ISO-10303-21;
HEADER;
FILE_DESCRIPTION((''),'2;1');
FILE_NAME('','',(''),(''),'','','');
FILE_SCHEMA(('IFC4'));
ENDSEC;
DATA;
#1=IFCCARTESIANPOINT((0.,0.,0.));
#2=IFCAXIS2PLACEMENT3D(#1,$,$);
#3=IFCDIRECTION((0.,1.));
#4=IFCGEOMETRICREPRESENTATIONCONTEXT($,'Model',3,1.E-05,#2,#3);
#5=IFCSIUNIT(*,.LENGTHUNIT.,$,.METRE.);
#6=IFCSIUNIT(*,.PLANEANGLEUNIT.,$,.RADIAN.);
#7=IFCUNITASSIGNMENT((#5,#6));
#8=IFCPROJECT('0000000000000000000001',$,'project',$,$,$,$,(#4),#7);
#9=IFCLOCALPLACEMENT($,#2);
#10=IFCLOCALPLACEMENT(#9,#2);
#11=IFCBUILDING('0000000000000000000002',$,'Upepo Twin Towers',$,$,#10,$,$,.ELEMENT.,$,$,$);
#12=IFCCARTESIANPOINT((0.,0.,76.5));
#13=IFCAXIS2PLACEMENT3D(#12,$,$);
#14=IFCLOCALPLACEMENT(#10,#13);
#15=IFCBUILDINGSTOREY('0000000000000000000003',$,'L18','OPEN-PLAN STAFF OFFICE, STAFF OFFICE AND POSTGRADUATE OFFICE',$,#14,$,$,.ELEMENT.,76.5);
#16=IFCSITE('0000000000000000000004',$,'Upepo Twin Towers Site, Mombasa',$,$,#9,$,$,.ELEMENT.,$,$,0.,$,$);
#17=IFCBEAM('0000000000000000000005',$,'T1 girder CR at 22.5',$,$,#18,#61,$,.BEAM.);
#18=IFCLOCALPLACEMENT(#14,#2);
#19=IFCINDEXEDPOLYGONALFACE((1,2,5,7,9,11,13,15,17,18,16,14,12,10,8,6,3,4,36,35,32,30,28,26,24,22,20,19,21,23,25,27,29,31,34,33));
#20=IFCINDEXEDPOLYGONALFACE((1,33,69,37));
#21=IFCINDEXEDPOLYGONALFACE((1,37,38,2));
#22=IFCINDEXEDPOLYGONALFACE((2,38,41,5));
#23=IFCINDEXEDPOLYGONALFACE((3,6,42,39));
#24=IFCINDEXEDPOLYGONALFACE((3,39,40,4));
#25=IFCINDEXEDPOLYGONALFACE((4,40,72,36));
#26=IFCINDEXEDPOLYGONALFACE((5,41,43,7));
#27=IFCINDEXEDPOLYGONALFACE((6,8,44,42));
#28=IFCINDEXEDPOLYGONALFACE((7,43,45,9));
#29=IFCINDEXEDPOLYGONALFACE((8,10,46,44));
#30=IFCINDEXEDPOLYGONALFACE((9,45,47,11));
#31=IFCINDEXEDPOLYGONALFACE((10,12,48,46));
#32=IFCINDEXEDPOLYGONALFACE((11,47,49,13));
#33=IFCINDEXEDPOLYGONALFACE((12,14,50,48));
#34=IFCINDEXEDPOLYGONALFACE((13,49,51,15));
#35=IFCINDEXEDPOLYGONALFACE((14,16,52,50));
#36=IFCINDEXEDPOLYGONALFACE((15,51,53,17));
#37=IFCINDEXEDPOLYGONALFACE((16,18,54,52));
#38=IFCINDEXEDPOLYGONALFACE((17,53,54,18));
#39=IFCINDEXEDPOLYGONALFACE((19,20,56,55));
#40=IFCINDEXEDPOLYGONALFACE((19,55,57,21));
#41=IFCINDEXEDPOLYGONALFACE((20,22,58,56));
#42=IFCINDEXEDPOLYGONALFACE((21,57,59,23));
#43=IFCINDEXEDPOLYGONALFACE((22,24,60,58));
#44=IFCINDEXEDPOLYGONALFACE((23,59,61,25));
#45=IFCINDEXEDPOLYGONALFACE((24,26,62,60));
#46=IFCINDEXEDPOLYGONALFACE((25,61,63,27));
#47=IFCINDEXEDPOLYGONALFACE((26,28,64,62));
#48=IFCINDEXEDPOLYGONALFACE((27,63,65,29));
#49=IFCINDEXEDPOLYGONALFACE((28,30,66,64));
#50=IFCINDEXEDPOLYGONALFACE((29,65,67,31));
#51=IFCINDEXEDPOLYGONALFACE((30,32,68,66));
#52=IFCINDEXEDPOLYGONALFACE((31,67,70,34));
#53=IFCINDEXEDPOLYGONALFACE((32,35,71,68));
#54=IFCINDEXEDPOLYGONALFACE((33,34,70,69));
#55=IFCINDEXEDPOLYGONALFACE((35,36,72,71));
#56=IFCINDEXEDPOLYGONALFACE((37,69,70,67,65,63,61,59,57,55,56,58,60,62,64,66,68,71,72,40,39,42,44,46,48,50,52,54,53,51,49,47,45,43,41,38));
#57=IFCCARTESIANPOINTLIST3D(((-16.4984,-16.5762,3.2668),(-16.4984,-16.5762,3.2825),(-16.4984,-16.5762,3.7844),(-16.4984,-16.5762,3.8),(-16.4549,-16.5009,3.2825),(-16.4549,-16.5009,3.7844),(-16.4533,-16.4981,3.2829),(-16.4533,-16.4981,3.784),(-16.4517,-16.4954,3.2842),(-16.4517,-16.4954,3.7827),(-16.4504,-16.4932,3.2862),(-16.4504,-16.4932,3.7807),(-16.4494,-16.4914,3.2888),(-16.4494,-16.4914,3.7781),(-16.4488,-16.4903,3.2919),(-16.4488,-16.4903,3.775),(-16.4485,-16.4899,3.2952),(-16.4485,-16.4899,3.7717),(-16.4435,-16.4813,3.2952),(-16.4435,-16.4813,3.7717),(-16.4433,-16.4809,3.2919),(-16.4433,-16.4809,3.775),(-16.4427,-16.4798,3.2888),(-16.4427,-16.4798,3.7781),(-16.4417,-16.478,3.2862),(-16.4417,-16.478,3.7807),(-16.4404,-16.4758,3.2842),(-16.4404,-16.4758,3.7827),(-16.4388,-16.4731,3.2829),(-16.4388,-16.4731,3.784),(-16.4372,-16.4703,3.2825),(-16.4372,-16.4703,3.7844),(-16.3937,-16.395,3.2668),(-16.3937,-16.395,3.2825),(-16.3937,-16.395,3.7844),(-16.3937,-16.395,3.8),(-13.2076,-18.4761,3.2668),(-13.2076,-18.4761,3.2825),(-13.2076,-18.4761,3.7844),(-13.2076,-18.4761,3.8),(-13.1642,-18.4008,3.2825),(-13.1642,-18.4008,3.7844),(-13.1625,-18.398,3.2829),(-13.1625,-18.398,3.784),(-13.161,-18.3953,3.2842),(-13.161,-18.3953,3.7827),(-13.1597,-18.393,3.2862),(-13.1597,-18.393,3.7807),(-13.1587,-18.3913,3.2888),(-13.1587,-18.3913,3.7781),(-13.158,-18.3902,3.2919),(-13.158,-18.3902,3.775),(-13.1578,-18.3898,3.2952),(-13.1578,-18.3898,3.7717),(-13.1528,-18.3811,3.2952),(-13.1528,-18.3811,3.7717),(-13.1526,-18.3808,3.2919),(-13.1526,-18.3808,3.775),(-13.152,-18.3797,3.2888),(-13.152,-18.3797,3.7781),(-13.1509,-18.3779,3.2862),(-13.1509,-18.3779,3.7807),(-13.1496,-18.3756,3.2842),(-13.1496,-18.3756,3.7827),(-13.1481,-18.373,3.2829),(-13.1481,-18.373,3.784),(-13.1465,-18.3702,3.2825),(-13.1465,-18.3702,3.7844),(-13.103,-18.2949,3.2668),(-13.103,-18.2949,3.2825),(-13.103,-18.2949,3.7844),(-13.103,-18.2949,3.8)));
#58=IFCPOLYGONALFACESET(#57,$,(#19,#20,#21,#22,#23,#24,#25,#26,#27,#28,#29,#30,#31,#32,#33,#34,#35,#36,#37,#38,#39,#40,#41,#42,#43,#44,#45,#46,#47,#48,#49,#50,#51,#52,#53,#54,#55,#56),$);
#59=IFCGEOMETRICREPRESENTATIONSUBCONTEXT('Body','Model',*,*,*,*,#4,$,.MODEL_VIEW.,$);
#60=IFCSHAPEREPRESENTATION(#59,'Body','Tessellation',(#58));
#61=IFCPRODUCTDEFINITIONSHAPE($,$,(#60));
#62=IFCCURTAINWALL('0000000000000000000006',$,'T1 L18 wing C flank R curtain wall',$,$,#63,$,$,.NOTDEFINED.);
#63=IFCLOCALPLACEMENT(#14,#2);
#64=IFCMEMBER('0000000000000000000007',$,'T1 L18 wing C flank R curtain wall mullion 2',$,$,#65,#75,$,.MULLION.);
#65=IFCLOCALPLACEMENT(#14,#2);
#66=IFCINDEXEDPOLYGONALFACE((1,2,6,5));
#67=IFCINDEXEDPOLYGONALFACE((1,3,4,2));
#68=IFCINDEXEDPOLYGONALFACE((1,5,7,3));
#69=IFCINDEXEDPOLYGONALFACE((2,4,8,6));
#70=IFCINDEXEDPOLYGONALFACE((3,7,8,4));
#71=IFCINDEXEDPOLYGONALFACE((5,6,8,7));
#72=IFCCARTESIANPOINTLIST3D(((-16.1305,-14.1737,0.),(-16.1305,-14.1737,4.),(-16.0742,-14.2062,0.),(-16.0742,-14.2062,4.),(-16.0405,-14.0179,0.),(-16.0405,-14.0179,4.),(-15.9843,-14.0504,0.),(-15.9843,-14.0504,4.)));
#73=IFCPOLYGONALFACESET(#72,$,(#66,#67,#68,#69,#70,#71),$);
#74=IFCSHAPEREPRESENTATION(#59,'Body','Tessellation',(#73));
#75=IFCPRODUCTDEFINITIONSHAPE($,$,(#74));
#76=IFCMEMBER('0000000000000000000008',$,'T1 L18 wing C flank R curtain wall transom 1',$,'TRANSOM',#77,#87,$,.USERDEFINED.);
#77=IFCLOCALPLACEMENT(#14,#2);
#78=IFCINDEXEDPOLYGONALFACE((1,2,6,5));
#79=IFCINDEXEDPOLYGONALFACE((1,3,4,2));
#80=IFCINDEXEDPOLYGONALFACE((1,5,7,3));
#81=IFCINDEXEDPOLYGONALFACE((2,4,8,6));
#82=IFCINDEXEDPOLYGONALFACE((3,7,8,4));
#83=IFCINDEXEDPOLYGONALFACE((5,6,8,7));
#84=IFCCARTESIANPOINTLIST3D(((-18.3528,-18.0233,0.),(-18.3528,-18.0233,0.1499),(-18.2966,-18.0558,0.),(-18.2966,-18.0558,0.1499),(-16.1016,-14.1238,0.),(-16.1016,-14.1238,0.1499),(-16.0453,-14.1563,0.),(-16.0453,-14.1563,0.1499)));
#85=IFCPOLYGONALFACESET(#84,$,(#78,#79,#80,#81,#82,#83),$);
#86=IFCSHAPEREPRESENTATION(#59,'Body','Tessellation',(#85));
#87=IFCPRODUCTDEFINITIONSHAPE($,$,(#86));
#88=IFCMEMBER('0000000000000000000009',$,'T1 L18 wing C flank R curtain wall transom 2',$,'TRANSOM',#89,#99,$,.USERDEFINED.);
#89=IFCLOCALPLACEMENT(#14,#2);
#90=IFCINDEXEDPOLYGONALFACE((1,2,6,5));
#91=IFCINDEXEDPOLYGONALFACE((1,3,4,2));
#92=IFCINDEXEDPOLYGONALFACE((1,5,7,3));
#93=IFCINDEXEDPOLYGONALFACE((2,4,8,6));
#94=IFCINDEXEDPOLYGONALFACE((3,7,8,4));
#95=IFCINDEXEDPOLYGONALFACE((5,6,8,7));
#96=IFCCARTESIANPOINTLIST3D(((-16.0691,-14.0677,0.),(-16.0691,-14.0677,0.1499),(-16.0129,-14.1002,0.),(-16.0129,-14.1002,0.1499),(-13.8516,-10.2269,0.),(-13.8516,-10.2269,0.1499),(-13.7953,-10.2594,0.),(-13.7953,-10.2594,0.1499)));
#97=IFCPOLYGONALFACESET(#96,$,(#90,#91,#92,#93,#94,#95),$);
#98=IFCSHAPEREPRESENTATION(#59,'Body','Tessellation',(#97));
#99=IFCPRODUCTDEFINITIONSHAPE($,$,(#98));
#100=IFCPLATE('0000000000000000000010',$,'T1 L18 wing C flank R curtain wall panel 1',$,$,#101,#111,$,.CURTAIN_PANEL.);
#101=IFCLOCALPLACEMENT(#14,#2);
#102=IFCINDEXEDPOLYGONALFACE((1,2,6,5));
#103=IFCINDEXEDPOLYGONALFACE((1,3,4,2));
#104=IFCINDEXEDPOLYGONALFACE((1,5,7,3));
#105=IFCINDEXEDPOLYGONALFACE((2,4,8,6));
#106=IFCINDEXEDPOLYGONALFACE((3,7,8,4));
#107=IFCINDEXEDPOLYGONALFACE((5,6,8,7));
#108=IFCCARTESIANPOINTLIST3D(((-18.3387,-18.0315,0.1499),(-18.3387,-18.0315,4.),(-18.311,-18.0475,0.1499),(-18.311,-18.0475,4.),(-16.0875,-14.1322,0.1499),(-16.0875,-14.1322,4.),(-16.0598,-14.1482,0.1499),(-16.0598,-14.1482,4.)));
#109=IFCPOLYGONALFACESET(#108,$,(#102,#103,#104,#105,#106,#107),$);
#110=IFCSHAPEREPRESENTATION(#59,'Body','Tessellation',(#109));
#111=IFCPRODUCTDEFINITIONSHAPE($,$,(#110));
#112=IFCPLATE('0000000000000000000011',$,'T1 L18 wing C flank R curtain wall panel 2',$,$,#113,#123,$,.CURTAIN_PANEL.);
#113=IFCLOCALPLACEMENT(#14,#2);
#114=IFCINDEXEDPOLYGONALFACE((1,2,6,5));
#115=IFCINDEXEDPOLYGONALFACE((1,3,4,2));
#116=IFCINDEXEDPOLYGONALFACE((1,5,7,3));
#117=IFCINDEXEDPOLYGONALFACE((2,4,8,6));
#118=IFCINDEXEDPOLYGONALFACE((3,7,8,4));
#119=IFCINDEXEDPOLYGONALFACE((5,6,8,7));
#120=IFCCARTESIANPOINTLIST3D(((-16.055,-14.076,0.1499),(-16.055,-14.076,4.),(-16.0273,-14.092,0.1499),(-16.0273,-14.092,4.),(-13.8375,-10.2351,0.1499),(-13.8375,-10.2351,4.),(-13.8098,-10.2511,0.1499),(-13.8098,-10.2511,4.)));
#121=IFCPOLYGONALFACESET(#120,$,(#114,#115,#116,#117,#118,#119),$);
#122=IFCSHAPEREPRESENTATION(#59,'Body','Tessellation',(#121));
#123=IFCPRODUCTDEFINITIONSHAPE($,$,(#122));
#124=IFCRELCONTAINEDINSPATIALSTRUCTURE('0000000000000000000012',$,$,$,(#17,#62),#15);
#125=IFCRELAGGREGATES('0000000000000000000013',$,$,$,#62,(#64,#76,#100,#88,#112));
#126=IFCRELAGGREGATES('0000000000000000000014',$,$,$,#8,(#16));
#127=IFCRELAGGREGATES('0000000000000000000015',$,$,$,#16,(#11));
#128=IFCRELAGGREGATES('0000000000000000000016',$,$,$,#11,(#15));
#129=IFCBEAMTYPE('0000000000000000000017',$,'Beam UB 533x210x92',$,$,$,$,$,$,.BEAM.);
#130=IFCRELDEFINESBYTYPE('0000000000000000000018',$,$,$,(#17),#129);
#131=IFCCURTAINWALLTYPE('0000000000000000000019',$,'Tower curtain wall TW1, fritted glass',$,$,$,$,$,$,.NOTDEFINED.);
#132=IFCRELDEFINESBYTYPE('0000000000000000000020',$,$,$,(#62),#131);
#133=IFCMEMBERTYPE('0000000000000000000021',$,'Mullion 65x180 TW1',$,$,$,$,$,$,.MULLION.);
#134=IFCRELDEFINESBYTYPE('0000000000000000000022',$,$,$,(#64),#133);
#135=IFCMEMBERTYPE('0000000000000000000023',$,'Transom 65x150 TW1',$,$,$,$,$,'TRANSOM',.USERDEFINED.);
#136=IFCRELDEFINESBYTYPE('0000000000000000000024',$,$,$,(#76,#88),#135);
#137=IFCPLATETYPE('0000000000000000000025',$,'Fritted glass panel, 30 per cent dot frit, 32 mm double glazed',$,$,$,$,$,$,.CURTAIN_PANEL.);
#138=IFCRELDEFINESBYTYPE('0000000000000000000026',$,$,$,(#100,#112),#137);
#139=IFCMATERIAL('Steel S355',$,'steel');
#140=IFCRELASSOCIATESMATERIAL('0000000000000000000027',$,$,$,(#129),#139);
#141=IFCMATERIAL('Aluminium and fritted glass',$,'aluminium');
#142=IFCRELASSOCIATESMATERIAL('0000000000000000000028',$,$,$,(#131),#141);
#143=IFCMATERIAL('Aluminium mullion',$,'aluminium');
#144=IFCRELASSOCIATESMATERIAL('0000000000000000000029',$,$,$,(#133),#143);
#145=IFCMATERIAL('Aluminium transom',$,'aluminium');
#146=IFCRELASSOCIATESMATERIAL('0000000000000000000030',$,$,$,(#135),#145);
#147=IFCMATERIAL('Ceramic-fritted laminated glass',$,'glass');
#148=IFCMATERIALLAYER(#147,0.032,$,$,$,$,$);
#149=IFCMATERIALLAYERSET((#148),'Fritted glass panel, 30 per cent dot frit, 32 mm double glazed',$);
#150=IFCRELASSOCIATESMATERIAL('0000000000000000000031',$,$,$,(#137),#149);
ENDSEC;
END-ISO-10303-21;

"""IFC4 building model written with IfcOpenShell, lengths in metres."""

from ifc_helpers import new_model, si_unit, direction, frame, origin, origin_2d, place, context, subcontext, project, spatial, rectangle, i_section, extrude, material, layer, layer_set, material_profile, profile_set, type_object, element, aggregate, save


model = new_model("IFC4")

# Units and contexts
model_context = context("Model", 3, precision=1e-05, world=origin(), true_north=direction((0.0, 1.0)))
body_context = subcontext(model_context, "Body", "Model", "MODEL_VIEW")
ifc_project = project(units=[si_unit("LENGTHUNIT", "METRE"), si_unit("PLANEANGLEUNIT", "RADIAN")], contexts=[model_context])

# Site, building, storey
site_placement = place(None, origin())
site = spatial("IfcSite", under=ifc_project, at=site_placement, Name="Upepo Twin Towers Site, Mombasa", CompositionType="ELEMENT", RefElevation=0.0)
building_placement = place(site_placement, origin())
building = spatial("IfcBuilding", under=site, at=building_placement, Name="Upepo Twin Towers", CompositionType="ELEMENT")
storey_placement = place(building_placement, frame((0.0, 0.0, 76.5)))
storey = spatial("IfcBuildingStorey", under=building, at=storey_placement, Name="L18", Description="OPEN-PLAN STAFF OFFICE, STAFF OFFICE AND POSTGRADUATE OFFICE", CompositionType="ELEMENT", Elevation=76.5)

# Beam
ifc_material_1 = material(Name="Steel S355", Category="steel")
ifc_material_profile_1 = material_profile(ifc_material_1, i_section(OverallWidth=0.2092, OverallDepth=0.5332, WebThickness=0.01, FlangeThickness=0.0156, FilletRadius=0.0127, at=origin_2d()), Name="UB 533x210x92")
ifc_profile_set_1 = profile_set([ifc_material_profile_1], Name="Steel S355")
beam_type_1 = type_object("IfcBeamType", Name="Beam UB 533x210x92", PredefinedType="BEAM", material=ifc_profile_set_1)
beam_1_placement = place(storey_placement, frame((-16.446, -16.4856, 3.5334), z_axis=(0.866028, -0.499995, 0.0), x_axis=(0.499995, 0.866028, 0.0)))
element("IfcBeam", 1, at=beam_1_placement, inside=storey, type_object=beam_type_1, Name="T1 girder CR at 22.5", PredefinedType="BEAM", context=body_context, shape_type="SweptSolid", body=[
    extrude(i_section(OverallWidth=0.2092, OverallDepth=0.5332, WebThickness=0.01, FlangeThickness=0.0156, FilletRadius=0.0127, at=origin_2d()), origin(), (0.0, 0.0, 1.0), 3.7998),
])

# Curtain wall, members, plates
ifc_material_2 = material(Name="Aluminium and fritted glass", Category="aluminium")
curtain_wall_type = type_object("IfcCurtainWallType", Name="Tower curtain wall TW1, fritted glass", PredefinedType="NOTDEFINED", material=ifc_material_2)
curtain_wall_placement = place(storey_placement, origin())
curtain_wall = element("IfcCurtainWall", 2, at=curtain_wall_placement, inside=storey, type_object=curtain_wall_type, Name="T1 L18 wing C flank R curtain wall", PredefinedType="NOTDEFINED")
ifc_material_3 = material(Name="Aluminium mullion", Category="aluminium")
ifc_material_profile_2 = material_profile(ifc_material_3, rectangle(XDim=0.0649, YDim=0.1799, at=origin_2d()), Name="MULLION 65x180")
ifc_profile_set_2 = profile_set([ifc_material_profile_2], Name="Aluminium mullion")
member_type_1 = type_object("IfcMemberType", Name="Mullion 65x180 TW1", PredefinedType="MULLION", material=ifc_profile_set_2)
member_1_placement = place(storey_placement, frame((-16.0574, -14.1121, 0.0), z_axis=(0.0, 0.0, 1.0), x_axis=(-0.866025, 0.5, 0.0)))
member_1 = element("IfcMember", 3, at=member_1_placement, type_object=member_type_1, Name="T1 L18 wing C flank R curtain wall mullion 2", PredefinedType="MULLION", context=body_context, shape_type="SweptSolid", body=[
    extrude(rectangle(XDim=0.0649, YDim=0.1799, at=origin_2d()), origin(), (0.0, 0.0, 1.0), 4.0),
])
ifc_material_4 = material(Name="Aluminium transom", Category="aluminium")
ifc_material_profile_3 = material_profile(ifc_material_4, rectangle(XDim=0.0649, YDim=0.1499, at=origin_2d()), Name="TRANSOM 65x150")
ifc_profile_set_3 = profile_set([ifc_material_profile_3], Name="Aluminium transom")
member_type_2 = type_object("IfcMemberType", Name="Transom 65x150 TW1", ElementType="TRANSOM", PredefinedType="USERDEFINED", material=ifc_profile_set_3)
member_2_placement = place(storey_placement, frame((-18.3247, -18.0396, 0.075), z_axis=(0.499982, 0.866036, 0.0), x_axis=(-0.866036, 0.499982, 0.0)))
member_2 = element("IfcMember", 4, at=member_2_placement, type_object=member_type_2, Name="T1 L18 wing C flank R curtain wall transom 1", ObjectType="TRANSOM", PredefinedType="USERDEFINED", context=body_context, shape_type="SweptSolid", body=[
    extrude(rectangle(XDim=0.0649, YDim=0.1499, at=origin_2d()), origin(), (0.0, 0.0, 1.0), 4.5027),
])
member_3_placement = place(storey_placement, frame((-16.041, -14.084, 0.075), z_axis=(0.500005, 0.866022, 0.0), x_axis=(-0.866022, 0.500005, 0.0)))
member_3 = element("IfcMember", 5, at=member_3_placement, type_object=member_type_2, Name="T1 L18 wing C flank R curtain wall transom 2", ObjectType="TRANSOM", PredefinedType="USERDEFINED", context=body_context, shape_type="SweptSolid", body=[
    extrude(rectangle(XDim=0.0649, YDim=0.1499, at=origin_2d()), origin(), (0.0, 0.0, 1.0), 4.4351),
])
ifc_material_5 = material(Name="Ceramic-fritted laminated glass", Category="glass")
ifc_layer_1 = layer(ifc_material_5, 0.032)
ifc_layer_set_1 = layer_set([ifc_layer_1], Name="Fritted glass panel, 30 per cent dot frit, 32 mm double glazed")
plate_type = type_object("IfcPlateType", Name="Fritted glass panel, 30 per cent dot frit, 32 mm double glazed", PredefinedType="CURTAIN_PANEL", material=ifc_layer_set_1)
plate_1_placement = place(storey_placement, frame((-17.1992, -16.0898, 0.1499), z_axis=(0.0, 0.0, 1.0), x_axis=(0.5, 0.866025, 0.0)))
plate_1 = element("IfcPlate", 6, at=plate_1_placement, type_object=plate_type, Name="T1 L18 wing C flank R curtain wall panel 1", PredefinedType="CURTAIN_PANEL", context=body_context, shape_type="SweptSolid", body=[
    extrude(rectangle(XDim=4.5024, YDim=0.032, at=origin_2d()), origin(), (0.0, 0.0, 1.0), 3.8501),
])
plate_2_placement = place(storey_placement, frame((-14.9324, -12.1636, 0.1499), z_axis=(0.0, 0.0, 1.0), x_axis=(0.5, 0.866025, 0.0)))
plate_2 = element("IfcPlate", 7, at=plate_2_placement, type_object=plate_type, Name="T1 L18 wing C flank R curtain wall panel 2", PredefinedType="CURTAIN_PANEL", context=body_context, shape_type="SweptSolid", body=[
    extrude(rectangle(XDim=4.4351, YDim=0.032, at=origin_2d()), origin(), (0.0, 0.0, 1.0), 3.8501),
])
aggregate(curtain_wall, [member_1, member_2, plate_1, member_3, plate_2])

save(model, "model.ifc")
